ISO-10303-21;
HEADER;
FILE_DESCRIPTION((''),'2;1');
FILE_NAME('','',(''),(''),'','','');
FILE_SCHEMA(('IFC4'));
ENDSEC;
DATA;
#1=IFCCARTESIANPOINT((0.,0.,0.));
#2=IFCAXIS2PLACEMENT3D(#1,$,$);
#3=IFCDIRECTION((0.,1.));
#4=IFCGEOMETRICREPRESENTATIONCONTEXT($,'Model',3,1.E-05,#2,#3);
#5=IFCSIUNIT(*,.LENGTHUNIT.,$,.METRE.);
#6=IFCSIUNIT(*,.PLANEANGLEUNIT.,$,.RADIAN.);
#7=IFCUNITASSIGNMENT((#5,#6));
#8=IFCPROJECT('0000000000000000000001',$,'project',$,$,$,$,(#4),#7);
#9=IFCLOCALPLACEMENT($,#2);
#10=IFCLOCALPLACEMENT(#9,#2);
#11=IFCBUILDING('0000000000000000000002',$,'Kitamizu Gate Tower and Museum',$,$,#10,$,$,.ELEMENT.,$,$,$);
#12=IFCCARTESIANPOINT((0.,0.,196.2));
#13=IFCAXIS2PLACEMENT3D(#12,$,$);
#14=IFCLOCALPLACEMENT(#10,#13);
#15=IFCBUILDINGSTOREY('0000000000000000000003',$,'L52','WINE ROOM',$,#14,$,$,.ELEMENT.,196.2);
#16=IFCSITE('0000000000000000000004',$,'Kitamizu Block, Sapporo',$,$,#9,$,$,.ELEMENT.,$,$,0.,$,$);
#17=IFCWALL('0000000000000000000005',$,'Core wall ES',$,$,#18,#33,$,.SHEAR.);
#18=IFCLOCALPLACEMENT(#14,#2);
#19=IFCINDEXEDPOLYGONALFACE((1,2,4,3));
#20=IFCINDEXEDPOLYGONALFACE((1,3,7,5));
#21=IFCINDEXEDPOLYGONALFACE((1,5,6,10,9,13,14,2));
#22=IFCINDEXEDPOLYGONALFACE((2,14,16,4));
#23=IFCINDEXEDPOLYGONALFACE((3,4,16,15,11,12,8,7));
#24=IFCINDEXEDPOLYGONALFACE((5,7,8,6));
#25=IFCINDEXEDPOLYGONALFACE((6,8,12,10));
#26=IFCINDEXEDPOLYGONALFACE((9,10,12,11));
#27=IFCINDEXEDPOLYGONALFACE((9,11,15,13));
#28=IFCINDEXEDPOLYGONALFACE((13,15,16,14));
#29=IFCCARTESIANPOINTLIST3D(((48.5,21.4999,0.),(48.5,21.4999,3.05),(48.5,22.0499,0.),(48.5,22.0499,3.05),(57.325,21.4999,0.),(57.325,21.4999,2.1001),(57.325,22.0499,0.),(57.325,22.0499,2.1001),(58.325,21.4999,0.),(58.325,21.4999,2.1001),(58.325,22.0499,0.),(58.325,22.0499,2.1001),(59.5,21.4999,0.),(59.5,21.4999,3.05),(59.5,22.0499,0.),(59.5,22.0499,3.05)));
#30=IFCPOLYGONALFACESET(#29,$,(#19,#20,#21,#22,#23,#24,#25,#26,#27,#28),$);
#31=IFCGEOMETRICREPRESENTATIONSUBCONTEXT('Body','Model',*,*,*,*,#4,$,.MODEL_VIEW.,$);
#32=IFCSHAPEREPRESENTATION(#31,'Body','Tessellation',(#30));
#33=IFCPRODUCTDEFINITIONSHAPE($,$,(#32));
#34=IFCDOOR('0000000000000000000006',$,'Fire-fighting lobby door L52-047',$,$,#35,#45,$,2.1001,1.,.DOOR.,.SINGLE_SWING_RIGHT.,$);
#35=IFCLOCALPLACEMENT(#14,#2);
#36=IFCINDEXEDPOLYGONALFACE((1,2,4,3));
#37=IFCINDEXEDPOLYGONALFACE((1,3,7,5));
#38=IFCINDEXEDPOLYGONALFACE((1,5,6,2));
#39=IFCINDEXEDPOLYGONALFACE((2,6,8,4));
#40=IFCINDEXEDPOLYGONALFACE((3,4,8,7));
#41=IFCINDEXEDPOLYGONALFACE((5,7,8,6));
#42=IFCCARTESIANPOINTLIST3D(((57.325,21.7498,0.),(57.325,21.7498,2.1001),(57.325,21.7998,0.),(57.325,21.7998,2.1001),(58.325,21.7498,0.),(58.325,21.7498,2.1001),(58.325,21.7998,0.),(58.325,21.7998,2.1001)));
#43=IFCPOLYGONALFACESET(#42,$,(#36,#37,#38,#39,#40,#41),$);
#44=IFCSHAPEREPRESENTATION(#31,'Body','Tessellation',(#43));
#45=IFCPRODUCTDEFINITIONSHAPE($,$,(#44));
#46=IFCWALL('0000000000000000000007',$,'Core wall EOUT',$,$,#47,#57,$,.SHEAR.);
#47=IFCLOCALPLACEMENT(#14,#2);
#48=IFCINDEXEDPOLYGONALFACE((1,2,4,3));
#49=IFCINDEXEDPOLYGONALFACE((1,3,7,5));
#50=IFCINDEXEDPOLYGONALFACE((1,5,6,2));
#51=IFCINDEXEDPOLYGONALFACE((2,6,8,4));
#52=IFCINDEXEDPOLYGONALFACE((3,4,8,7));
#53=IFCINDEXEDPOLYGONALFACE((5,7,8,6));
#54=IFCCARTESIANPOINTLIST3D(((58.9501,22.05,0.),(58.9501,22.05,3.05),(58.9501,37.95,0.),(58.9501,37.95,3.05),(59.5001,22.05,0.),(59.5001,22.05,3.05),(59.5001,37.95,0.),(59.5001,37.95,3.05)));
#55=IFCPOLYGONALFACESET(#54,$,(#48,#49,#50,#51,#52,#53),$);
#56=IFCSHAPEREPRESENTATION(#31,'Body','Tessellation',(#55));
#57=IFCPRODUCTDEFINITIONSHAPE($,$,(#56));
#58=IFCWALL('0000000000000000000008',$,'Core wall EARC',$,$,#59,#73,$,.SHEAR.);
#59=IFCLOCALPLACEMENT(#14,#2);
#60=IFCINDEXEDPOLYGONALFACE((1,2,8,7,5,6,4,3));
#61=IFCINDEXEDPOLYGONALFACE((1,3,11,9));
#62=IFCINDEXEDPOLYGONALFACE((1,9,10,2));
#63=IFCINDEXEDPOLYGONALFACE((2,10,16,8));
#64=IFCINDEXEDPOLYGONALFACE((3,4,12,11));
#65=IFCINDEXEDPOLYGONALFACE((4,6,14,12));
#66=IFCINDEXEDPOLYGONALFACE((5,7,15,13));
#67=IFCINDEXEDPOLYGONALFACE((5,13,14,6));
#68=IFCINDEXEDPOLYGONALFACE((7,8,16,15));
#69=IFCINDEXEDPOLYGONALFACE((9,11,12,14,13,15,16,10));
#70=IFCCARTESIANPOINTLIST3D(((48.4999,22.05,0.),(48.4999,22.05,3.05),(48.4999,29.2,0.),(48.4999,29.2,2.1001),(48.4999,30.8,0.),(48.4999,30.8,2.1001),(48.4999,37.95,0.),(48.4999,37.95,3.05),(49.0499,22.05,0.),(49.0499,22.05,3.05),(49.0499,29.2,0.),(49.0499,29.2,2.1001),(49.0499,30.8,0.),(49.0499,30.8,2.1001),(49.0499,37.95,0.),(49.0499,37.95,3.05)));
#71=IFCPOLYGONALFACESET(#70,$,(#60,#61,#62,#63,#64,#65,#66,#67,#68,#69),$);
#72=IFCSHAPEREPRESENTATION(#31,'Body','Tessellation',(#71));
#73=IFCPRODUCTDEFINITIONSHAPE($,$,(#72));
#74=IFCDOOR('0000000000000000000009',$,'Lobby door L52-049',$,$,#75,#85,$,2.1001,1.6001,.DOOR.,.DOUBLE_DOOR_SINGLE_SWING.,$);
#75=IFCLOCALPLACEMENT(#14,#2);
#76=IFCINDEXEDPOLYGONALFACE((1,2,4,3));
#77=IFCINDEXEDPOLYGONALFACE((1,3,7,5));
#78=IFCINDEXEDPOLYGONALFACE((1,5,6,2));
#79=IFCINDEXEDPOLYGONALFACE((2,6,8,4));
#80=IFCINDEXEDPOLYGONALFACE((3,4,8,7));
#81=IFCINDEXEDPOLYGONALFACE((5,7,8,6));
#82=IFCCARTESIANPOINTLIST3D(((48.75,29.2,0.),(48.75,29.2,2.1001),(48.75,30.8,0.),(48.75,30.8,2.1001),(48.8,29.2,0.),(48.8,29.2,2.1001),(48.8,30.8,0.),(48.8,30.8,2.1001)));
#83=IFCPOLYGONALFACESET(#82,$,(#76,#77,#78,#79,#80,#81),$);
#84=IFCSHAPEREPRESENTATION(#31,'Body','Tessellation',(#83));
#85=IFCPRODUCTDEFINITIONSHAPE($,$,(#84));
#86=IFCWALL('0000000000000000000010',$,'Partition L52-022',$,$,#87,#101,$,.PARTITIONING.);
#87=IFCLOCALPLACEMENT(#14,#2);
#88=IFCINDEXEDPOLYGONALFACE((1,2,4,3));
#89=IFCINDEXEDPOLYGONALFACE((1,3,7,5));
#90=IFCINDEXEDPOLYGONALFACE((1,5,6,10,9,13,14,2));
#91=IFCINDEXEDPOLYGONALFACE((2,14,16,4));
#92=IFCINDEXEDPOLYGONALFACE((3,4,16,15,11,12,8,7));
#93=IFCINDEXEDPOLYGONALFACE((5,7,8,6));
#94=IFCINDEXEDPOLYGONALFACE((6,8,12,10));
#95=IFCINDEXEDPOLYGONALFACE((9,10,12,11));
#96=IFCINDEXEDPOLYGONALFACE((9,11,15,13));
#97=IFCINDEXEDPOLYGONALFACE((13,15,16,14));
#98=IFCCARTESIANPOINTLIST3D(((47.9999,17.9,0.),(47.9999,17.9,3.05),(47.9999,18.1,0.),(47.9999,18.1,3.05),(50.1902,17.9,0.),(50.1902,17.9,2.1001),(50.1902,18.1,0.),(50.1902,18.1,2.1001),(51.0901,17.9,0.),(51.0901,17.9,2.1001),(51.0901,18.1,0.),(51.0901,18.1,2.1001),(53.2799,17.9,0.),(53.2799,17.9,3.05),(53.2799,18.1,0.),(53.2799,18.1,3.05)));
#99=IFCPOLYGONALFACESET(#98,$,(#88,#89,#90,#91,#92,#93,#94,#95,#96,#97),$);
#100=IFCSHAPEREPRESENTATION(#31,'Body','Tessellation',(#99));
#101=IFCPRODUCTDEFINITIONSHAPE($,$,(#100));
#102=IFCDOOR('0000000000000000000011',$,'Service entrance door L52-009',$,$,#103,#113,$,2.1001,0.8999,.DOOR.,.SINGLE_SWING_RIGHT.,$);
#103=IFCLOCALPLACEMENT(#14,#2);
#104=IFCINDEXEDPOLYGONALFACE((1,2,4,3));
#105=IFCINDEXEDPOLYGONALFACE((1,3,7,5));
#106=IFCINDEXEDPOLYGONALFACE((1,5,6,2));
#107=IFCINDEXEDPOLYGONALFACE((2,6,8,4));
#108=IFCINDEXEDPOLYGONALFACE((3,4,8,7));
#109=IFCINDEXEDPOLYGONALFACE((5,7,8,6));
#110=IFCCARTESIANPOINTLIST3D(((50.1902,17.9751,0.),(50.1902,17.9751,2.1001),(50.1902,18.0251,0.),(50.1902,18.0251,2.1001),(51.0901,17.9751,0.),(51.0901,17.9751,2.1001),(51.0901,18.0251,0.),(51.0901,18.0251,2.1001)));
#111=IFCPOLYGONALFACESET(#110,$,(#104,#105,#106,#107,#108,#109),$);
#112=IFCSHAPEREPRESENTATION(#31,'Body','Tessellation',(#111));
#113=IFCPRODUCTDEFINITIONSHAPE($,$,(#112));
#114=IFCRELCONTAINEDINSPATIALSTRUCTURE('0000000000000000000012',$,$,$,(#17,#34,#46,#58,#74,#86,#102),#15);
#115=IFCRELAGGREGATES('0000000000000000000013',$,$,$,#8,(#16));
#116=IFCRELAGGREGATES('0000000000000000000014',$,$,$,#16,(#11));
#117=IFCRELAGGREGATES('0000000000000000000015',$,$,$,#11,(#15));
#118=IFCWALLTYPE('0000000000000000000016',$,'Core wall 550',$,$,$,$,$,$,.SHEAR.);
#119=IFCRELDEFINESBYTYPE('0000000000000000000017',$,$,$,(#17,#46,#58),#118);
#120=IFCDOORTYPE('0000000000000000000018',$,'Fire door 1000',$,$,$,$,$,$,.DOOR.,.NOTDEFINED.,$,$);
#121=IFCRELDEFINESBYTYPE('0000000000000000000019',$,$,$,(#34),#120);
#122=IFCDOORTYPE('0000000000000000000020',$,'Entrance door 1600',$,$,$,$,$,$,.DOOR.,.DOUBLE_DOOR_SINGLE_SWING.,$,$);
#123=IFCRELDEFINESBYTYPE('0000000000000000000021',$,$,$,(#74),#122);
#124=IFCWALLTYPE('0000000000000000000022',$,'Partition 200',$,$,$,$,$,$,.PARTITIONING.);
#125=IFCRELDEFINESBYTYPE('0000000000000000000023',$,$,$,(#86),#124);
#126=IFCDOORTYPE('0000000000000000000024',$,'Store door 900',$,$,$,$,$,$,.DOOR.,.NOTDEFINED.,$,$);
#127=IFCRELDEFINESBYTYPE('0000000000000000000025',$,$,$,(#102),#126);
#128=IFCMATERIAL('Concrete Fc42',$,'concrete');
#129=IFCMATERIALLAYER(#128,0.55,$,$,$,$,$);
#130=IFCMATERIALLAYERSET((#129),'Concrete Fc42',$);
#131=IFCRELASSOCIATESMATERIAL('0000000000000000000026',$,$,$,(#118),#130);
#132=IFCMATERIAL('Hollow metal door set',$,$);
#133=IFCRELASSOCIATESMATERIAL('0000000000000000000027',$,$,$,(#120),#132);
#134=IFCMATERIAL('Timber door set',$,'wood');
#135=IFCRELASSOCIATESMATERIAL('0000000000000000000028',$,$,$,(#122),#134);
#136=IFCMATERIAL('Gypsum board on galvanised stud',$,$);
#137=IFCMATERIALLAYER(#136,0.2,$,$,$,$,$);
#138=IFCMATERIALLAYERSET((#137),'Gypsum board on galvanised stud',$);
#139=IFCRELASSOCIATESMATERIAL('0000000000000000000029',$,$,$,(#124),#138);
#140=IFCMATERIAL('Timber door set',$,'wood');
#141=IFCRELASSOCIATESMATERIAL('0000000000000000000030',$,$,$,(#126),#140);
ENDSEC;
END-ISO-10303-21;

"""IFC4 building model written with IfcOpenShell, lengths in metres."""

from ifc_helpers import new_model, si_unit, direction, frame, frame_2d, origin, place, context, subcontext, project, spatial, rectangle, extrude, material, layer, layer_set, type_object, element, fill, save


model = new_model("IFC4")

# Units and contexts
model_context = context("Model", 3, precision=1e-05, world=origin(), true_north=direction((0.0, 1.0)))
body_context = subcontext(model_context, "Body", "Model", "MODEL_VIEW")
ifc_project = project(units=[si_unit("LENGTHUNIT", "METRE"), si_unit("PLANEANGLEUNIT", "RADIAN")], contexts=[model_context])

# Site, building, storey
site_placement = place(None, origin())
site = spatial("IfcSite", under=ifc_project, at=site_placement, Name="Kitamizu Block, Sapporo", CompositionType="ELEMENT", RefElevation=0.0)
building_placement = place(site_placement, origin())
building = spatial("IfcBuilding", under=site, at=building_placement, Name="Kitamizu Gate Tower and Museum", CompositionType="ELEMENT")
storey_placement = place(building_placement, frame((0.0, 0.0, 196.2)))
storey = spatial("IfcBuildingStorey", under=building, at=storey_placement, Name="L52", Description="WINE ROOM", CompositionType="ELEMENT", Elevation=196.2)

# Wall, opening, door
ifc_material_1 = material(Name="Concrete Fc42", Category="concrete")
ifc_layer_1 = layer(ifc_material_1, 0.55)
ifc_layer_set_1 = layer_set([ifc_layer_1], Name="Concrete Fc42")
wall_type_1 = type_object("IfcWallType", Name="Core wall 550", PredefinedType="SHEAR", material=ifc_layer_set_1)
wall_1_placement = place(storey_placement, frame((59.5, 21.7749, 0.0), z_axis=(0.0, 0.0, 1.0), x_axis=(-1.0, 0.0, 0.0)))
wall_1 = element("IfcWall", 1, at=wall_1_placement, inside=storey, type_object=wall_type_1, Name="Core wall ES", PredefinedType="SHEAR", context=body_context, shape_type="SweptSolid", body=[
    extrude(rectangle(XDim=11.0, YDim=0.55, at=frame_2d((5.5, 0.0))), origin(), (0.0, 0.0, 1.0), 3.05),
])
opening_1_placement = place(wall_1_placement, frame((1.175, 0.0, 0.0)))
opening_1 = element("IfcOpeningElement", 2, at=opening_1_placement, cuts=wall_1, PredefinedType="OPENING", context=body_context, shape_type="SweptSolid", body=[
    extrude(rectangle(XDim=1.0, YDim=2.1001, at=frame_2d((0.5, 1.05))), frame((0.0, 0.2852, 0.0), z_axis=(0.0, -1.0, 0.0), x_axis=(1.0, 0.0, 0.0)), (0.0, 0.0, 1.0), 0.5701),
])
ifc_material_2 = material(Name="Hollow metal door set")
door_type_1 = type_object("IfcDoorType", Name="Fire door 1000", OperationType="NOTDEFINED", PredefinedType="DOOR", material=ifc_material_2)
door_1_placement = place(opening_1_placement, frame((1.0, 0.0, 0.0), x_axis=(-1.0, 0.0, 0.0)))
door_1 = element("IfcDoor", 3, at=door_1_placement, inside=storey, type_object=door_type_1, Name="Fire-fighting lobby door L52-047", OperationType="SINGLE_SWING_RIGHT", OverallHeight=2.1001, OverallWidth=1.0, PredefinedType="DOOR", context=body_context, shape_type="SweptSolid", body=[
    extrude(rectangle(XDim=1.0, YDim=2.1001, at=frame_2d((0.5, 1.05))), frame((0.0, 0.0249, 0.0), z_axis=(0.0, -1.0, 0.0), x_axis=(1.0, 0.0, 0.0)), (0.0, 0.0, 1.0), 0.05),
])
fill(opening_1, door_1)

# Wall
wall_2_placement = place(storey_placement, frame((59.2251, 22.05, 0.0), z_axis=(0.0, 0.0, 1.0), x_axis=(0.0, 1.0, 0.0)))
element("IfcWall", 4, at=wall_2_placement, inside=storey, type_object=wall_type_1, Name="Core wall EOUT", PredefinedType="SHEAR", context=body_context, shape_type="SweptSolid", body=[
    extrude(rectangle(XDim=15.8999, YDim=0.55, at=frame_2d((7.95, 0.0))), origin(), (0.0, 0.0, 1.0), 3.05),
])

# Walls, openings, doors
wall_3_placement = place(storey_placement, frame((48.7749, 22.05, 0.0), z_axis=(0.0, 0.0, 1.0), x_axis=(0.0, 1.0, 0.0)))
wall_3 = element("IfcWall", 5, at=wall_3_placement, inside=storey, type_object=wall_type_1, Name="Core wall EARC", PredefinedType="SHEAR", context=body_context, shape_type="SweptSolid", body=[
    extrude(rectangle(XDim=15.8999, YDim=0.55, at=frame_2d((7.95, 0.0))), origin(), (0.0, 0.0, 1.0), 3.05),
])
opening_2_placement = place(wall_3_placement, frame((7.1499, 0.0, 0.0)))
opening_2 = element("IfcOpeningElement", 6, at=opening_2_placement, cuts=wall_3, PredefinedType="OPENING", context=body_context, shape_type="SweptSolid", body=[
    extrude(rectangle(XDim=1.6001, YDim=2.1001, at=frame_2d((0.8, 1.05))), frame((0.0, 0.2852, 0.0), z_axis=(0.0, -1.0, 0.0), x_axis=(1.0, 0.0, 0.0)), (0.0, 0.0, 1.0), 0.5701),
])
ifc_material_3 = material(Name="Timber door set", Category="wood")
door_type_2 = type_object("IfcDoorType", Name="Entrance door 1600", OperationType="DOUBLE_DOOR_SINGLE_SWING", PredefinedType="DOOR", material=ifc_material_3)
door_2_placement = place(opening_2_placement, origin())
door_2 = element("IfcDoor", 7, at=door_2_placement, inside=storey, type_object=door_type_2, Name="Lobby door L52-049", OperationType="DOUBLE_DOOR_SINGLE_SWING", OverallHeight=2.1001, OverallWidth=1.6001, PredefinedType="DOOR", context=body_context, shape_type="SweptSolid", body=[
    extrude(rectangle(XDim=1.6001, YDim=2.1001, at=frame_2d((0.8, 1.05))), frame((0.0, 0.0249, 0.0), z_axis=(0.0, -1.0, 0.0), x_axis=(1.0, 0.0, 0.0)), (0.0, 0.0, 1.0), 0.05),
])
fill(opening_2, door_2)
ifc_material_4 = material(Name="Gypsum board on galvanised stud")
ifc_layer_2 = layer(ifc_material_4, 0.2)
ifc_layer_set_2 = layer_set([ifc_layer_2], Name="Gypsum board on galvanised stud")
wall_type_2 = type_object("IfcWallType", Name="Partition 200", PredefinedType="PARTITIONING", material=ifc_layer_set_2)
wall_4_placement = place(storey_placement, frame((53.28, 18.0, 0.0), z_axis=(0.0, 0.0, 1.0), x_axis=(-1.0, 0.0, 0.0)))
wall_4 = element("IfcWall", 8, at=wall_4_placement, inside=storey, type_object=wall_type_2, Name="Partition L52-022", PredefinedType="PARTITIONING", context=body_context, shape_type="SweptSolid", body=[
    extrude(rectangle(XDim=5.28, YDim=0.2, at=frame_2d((2.6401, 0.0))), origin(), (0.0, 0.0, 1.0), 3.05),
])
opening_3_placement = place(wall_4_placement, frame((2.1899, 0.0, 0.0)))
opening_3 = element("IfcOpeningElement", 9, at=opening_3_placement, cuts=wall_4, PredefinedType="OPENING", context=body_context, shape_type="SweptSolid", body=[
    extrude(rectangle(XDim=0.8999, YDim=2.1001, at=frame_2d((0.45, 1.05))), frame((0.0, 0.1099, 0.0), z_axis=(0.0, -1.0, 0.0), x_axis=(1.0, 0.0, 0.0)), (0.0, 0.0, 1.0), 0.22),
])
ifc_material_5 = material(Name="Timber door set", Category="wood")
door_type_3 = type_object("IfcDoorType", Name="Store door 900", OperationType="NOTDEFINED", PredefinedType="DOOR", material=ifc_material_5)
door_3_placement = place(opening_3_placement, origin())
door_3 = element("IfcDoor", 10, at=door_3_placement, inside=storey, type_object=door_type_3, Name="Service entrance door L52-009", OperationType="SINGLE_SWING_RIGHT", OverallHeight=2.1001, OverallWidth=0.8999, PredefinedType="DOOR", context=body_context, shape_type="SweptSolid", body=[
    extrude(rectangle(XDim=0.8999, YDim=2.1001, at=frame_2d((0.45, 1.05))), frame((0.0, 0.0249, 0.0), z_axis=(0.0, -1.0, 0.0), x_axis=(1.0, 0.0, 0.0)), (0.0, 0.0, 1.0), 0.05),
])
fill(opening_3, door_3)

save(model, "model.ifc")
